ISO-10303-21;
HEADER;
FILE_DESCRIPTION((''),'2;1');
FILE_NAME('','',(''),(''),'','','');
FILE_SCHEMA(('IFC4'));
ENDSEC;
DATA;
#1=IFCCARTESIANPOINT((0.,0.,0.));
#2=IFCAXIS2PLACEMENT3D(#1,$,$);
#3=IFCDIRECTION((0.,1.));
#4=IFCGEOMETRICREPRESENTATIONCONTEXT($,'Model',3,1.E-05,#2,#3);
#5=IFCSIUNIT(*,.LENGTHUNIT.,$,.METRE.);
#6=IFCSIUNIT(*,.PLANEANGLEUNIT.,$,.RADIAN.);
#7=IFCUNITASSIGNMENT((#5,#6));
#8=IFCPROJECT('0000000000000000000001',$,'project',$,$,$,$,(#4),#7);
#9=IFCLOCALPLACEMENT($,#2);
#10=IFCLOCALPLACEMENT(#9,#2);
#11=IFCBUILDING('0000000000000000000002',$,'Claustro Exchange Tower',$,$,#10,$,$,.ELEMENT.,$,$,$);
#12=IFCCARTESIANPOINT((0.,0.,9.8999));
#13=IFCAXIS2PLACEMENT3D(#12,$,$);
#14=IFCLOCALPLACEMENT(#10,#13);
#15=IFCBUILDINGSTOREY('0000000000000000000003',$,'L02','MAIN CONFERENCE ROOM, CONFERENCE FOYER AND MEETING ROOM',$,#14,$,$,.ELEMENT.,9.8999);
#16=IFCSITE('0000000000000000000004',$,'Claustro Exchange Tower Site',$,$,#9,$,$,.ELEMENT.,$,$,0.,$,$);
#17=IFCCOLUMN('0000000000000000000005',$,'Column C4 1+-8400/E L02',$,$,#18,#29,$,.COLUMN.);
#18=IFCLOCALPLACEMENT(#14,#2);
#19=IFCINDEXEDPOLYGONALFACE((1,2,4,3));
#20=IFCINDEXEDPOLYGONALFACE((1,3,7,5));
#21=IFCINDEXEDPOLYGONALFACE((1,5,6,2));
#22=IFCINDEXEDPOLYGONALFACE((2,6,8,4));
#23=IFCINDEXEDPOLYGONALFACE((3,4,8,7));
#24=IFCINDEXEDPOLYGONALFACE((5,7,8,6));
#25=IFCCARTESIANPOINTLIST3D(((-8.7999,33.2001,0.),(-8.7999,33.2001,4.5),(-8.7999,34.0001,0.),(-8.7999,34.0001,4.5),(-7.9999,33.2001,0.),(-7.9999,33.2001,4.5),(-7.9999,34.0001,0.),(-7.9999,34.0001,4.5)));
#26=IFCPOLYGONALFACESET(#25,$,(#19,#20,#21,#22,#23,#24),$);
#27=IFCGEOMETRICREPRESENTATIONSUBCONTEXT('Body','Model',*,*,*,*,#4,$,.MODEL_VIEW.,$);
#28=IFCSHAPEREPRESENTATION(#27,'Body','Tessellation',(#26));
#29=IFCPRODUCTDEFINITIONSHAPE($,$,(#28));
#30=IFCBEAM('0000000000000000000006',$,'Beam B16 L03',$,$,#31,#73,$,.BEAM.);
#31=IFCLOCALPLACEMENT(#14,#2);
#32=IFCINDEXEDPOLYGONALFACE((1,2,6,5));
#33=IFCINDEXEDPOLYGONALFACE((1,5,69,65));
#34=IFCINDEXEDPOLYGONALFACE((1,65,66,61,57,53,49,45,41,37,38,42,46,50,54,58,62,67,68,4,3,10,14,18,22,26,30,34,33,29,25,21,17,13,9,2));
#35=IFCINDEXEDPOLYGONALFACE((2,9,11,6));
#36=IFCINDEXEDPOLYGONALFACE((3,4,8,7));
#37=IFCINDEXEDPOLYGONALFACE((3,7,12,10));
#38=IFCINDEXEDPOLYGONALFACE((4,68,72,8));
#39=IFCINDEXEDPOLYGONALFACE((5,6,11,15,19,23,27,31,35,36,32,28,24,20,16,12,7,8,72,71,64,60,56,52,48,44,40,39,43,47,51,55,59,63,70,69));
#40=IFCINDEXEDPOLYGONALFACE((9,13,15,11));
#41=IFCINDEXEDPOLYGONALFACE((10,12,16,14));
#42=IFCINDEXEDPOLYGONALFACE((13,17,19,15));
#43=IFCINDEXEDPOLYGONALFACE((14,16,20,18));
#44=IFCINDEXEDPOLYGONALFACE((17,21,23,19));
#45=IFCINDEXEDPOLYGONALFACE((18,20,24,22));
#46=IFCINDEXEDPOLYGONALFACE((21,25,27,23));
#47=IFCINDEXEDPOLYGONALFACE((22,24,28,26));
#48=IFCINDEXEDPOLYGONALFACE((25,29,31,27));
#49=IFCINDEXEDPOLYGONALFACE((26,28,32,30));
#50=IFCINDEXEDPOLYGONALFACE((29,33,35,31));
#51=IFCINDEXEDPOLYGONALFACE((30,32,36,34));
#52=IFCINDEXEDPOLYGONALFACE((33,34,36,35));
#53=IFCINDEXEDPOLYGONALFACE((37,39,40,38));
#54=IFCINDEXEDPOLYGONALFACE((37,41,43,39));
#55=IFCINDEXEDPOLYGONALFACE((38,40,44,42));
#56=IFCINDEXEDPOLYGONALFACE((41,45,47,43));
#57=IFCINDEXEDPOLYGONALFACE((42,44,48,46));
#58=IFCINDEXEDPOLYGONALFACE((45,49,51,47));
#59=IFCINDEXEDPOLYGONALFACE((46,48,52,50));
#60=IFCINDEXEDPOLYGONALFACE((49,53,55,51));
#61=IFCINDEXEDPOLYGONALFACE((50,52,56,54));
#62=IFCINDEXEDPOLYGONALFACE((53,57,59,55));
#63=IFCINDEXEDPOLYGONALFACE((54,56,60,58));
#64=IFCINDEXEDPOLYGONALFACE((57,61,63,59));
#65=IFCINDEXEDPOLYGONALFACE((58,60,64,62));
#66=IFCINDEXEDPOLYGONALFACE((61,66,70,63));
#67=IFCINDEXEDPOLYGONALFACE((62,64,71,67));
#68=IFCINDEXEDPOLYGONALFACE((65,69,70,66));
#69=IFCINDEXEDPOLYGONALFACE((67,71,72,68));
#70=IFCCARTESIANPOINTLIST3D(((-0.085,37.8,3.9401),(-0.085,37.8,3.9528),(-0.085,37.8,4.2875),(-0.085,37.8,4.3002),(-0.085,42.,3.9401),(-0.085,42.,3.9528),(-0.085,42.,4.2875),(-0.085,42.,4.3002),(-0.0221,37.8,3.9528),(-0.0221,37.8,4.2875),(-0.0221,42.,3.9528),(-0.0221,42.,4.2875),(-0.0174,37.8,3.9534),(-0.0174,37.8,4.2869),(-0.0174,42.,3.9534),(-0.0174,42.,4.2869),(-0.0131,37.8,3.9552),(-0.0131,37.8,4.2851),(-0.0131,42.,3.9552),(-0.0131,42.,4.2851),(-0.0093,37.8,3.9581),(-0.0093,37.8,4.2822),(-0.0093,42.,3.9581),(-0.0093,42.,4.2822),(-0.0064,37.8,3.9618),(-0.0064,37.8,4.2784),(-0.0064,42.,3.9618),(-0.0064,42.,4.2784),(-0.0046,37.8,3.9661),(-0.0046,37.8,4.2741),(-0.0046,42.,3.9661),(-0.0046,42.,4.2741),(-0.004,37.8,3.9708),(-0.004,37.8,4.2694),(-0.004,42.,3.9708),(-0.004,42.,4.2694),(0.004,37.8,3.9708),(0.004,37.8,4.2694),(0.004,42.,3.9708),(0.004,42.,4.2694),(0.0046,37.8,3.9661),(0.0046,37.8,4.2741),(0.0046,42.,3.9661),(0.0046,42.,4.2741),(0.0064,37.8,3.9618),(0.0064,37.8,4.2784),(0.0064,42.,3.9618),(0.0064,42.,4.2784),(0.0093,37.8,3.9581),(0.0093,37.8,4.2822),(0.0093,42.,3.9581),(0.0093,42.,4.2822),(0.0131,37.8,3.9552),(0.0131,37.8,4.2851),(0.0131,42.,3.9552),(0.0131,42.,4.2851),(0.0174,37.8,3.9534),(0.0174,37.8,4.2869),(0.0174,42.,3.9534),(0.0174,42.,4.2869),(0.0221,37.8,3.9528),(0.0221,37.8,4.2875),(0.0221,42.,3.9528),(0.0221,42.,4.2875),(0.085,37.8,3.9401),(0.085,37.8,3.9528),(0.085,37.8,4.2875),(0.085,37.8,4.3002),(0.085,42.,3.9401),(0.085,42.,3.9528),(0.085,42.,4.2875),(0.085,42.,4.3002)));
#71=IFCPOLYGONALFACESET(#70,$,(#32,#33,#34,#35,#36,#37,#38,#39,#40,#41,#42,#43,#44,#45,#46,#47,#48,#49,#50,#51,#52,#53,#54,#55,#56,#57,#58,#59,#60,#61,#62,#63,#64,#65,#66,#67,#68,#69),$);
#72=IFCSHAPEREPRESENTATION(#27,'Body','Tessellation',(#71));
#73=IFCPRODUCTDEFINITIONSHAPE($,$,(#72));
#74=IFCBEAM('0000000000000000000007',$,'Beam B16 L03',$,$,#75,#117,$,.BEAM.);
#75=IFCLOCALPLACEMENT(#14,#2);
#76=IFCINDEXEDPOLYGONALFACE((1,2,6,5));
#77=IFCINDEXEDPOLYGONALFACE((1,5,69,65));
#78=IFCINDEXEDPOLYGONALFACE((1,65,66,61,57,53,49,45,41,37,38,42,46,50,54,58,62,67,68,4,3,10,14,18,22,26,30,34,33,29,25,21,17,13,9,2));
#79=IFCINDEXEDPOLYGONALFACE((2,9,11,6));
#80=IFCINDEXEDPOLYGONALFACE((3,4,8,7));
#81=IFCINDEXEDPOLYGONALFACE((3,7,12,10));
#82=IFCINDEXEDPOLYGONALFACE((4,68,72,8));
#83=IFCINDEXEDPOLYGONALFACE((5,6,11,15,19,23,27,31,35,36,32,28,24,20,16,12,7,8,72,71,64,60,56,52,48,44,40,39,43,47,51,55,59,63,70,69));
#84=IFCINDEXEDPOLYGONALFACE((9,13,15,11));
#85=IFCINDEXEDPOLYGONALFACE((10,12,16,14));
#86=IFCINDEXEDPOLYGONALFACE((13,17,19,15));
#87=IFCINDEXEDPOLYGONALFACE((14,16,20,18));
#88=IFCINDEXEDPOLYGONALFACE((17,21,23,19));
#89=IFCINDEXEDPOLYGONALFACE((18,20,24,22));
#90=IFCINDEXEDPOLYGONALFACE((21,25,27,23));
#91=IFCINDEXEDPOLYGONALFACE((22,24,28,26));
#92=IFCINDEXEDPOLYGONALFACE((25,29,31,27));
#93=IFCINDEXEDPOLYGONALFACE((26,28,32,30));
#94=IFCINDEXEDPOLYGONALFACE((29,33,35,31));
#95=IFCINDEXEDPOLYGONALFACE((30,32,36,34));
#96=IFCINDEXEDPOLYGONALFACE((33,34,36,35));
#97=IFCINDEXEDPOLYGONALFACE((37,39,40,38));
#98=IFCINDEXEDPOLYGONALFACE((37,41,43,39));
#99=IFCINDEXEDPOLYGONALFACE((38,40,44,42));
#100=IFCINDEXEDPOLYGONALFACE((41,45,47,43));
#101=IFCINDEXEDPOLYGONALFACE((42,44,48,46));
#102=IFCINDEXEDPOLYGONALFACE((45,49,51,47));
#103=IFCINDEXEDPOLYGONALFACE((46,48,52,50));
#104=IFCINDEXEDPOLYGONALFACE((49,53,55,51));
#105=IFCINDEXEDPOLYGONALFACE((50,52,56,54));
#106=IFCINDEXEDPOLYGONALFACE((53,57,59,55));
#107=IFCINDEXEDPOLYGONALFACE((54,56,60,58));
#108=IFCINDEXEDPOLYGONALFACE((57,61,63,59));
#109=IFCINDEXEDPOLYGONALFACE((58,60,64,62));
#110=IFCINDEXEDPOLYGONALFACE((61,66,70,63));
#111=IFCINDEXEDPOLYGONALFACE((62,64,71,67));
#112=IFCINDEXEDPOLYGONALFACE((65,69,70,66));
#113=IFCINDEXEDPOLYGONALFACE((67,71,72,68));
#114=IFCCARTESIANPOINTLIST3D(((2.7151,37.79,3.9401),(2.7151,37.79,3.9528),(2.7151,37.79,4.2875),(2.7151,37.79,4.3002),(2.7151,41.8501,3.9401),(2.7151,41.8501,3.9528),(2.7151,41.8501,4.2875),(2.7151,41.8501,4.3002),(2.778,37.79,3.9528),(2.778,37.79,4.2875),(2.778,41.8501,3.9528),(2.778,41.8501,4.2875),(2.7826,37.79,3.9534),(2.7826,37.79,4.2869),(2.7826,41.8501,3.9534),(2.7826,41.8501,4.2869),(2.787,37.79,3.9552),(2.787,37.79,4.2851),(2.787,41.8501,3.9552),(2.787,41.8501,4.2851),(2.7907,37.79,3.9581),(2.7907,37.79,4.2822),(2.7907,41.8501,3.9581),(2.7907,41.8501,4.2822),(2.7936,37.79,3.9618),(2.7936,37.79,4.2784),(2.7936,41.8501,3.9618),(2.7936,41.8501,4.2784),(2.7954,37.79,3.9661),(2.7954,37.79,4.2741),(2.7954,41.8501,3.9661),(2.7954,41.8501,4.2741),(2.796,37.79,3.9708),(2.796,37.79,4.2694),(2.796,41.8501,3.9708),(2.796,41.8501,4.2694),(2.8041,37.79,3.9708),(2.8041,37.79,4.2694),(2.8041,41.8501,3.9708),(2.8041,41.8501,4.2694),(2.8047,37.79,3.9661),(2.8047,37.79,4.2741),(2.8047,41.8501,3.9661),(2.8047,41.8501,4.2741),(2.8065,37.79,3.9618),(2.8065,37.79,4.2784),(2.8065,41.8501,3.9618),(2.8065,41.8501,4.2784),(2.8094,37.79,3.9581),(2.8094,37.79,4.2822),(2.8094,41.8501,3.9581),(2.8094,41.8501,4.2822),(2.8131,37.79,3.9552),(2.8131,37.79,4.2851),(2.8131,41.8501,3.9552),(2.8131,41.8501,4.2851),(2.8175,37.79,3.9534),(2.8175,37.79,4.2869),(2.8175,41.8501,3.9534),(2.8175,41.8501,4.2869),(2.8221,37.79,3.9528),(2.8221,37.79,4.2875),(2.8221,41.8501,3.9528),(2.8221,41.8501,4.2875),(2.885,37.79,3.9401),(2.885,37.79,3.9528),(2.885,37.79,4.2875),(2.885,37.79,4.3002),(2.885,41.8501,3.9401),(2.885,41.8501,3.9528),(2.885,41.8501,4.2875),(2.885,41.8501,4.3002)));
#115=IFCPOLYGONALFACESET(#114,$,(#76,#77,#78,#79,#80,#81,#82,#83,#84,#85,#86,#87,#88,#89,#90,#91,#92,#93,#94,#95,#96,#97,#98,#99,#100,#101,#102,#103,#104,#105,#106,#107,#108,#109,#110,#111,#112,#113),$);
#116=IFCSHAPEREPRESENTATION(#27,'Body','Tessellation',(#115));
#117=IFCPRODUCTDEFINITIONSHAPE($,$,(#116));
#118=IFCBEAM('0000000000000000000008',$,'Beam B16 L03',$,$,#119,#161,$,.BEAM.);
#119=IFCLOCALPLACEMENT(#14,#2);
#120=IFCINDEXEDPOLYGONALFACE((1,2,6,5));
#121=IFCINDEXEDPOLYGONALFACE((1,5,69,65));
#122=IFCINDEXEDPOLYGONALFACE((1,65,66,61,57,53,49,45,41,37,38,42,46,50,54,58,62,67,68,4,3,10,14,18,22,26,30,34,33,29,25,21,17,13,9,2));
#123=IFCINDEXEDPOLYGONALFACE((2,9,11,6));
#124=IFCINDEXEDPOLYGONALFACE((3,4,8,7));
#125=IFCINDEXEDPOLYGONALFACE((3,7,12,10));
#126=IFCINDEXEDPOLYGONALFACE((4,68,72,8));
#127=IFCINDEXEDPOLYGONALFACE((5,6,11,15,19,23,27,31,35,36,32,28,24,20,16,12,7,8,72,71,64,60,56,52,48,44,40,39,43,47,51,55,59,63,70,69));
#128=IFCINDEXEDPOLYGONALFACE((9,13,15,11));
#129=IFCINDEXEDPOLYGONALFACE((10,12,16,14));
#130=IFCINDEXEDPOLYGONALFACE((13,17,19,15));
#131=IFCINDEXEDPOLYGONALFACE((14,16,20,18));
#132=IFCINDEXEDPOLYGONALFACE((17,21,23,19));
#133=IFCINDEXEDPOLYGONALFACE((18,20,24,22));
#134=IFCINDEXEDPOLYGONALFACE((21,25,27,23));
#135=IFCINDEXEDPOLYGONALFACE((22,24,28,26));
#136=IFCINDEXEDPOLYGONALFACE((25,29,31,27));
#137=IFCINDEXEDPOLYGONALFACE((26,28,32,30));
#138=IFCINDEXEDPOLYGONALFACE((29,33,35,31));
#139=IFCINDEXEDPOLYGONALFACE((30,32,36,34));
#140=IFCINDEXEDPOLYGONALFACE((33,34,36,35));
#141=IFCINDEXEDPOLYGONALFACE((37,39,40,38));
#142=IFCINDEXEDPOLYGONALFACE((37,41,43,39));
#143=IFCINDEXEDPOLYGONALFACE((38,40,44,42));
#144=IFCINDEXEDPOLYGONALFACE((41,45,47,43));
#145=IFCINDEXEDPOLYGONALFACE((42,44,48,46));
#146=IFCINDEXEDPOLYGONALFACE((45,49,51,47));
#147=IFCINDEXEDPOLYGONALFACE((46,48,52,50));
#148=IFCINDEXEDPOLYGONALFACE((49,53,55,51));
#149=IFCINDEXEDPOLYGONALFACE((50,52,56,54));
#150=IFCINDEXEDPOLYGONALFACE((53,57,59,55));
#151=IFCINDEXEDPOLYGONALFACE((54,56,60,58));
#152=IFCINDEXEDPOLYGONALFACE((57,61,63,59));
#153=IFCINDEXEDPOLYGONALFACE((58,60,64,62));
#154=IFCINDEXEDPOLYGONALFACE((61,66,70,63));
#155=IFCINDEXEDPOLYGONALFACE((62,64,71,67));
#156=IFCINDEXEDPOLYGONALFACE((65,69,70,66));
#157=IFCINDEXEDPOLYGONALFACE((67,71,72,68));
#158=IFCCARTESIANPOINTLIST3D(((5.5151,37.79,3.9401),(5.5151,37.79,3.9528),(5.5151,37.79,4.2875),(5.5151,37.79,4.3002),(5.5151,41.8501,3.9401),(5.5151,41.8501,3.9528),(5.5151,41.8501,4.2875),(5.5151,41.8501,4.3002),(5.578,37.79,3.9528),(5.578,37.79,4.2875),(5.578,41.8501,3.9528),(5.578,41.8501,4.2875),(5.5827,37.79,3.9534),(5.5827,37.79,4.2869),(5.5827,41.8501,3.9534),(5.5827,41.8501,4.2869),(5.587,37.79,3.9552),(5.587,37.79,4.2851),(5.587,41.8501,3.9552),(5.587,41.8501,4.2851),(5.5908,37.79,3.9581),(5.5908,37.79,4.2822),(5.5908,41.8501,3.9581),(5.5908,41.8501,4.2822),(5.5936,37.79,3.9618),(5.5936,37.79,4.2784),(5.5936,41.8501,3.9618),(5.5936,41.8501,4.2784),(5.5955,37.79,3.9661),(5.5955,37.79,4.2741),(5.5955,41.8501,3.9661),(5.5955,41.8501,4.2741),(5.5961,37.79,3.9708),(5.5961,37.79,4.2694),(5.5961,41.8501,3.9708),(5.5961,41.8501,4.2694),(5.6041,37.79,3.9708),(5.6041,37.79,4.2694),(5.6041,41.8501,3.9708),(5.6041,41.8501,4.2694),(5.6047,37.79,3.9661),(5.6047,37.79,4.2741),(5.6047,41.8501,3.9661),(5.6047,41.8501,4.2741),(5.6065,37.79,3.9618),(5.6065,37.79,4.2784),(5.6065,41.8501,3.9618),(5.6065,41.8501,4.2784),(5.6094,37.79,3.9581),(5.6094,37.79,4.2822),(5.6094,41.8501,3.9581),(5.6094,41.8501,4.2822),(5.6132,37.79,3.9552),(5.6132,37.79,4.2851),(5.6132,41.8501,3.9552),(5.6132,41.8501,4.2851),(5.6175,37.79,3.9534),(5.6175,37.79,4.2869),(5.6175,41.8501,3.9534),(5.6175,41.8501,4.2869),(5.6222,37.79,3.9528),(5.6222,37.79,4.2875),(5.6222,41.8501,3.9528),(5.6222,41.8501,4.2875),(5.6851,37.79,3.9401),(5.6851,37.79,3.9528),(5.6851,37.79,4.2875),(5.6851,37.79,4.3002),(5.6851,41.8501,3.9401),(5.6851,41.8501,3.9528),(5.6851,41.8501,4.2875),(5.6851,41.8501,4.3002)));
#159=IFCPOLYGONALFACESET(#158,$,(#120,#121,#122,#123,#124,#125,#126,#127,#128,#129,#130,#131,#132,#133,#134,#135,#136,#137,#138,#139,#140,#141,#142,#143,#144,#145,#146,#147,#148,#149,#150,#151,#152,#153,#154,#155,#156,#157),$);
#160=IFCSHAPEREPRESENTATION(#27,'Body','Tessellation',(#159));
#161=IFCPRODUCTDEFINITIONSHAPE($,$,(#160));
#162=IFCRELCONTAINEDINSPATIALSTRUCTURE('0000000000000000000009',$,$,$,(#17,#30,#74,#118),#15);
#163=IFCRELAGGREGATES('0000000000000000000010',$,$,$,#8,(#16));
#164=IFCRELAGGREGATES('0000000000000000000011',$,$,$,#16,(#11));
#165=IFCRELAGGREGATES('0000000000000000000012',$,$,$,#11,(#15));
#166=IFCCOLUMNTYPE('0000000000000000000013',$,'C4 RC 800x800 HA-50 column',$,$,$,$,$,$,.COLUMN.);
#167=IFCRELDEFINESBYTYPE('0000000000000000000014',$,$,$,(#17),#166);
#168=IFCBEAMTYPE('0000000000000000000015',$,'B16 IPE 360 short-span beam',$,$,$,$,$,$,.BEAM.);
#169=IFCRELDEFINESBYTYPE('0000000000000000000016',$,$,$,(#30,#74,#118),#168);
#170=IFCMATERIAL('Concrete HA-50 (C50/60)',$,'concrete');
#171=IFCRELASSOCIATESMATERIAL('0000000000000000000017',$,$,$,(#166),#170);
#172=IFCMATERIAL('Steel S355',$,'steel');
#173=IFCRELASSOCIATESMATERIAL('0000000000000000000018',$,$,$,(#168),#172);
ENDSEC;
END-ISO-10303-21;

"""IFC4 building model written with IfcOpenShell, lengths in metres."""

from ifc_helpers import new_model, si_unit, direction, frame, origin, origin_2d, place, context, subcontext, project, spatial, rectangle, i_section, extrude, material, material_profile, profile_set, type_object, element, save


model = new_model("IFC4")

# Units and contexts
model_context = context("Model", 3, precision=1e-05, world=origin(), true_north=direction((0.0, 1.0)))
body_context = subcontext(model_context, "Body", "Model", "MODEL_VIEW")
ifc_project = project(units=[si_unit("LENGTHUNIT", "METRE"), si_unit("PLANEANGLEUNIT", "RADIAN")], contexts=[model_context])

# Site, building, storey
site_placement = place(None, origin())
site = spatial("IfcSite", under=ifc_project, at=site_placement, Name="Claustro Exchange Tower Site", CompositionType="ELEMENT", RefElevation=0.0)
building_placement = place(site_placement, origin())
building = spatial("IfcBuilding", under=site, at=building_placement, Name="Claustro Exchange Tower", CompositionType="ELEMENT")
storey_placement = place(building_placement, frame((0.0, 0.0, 9.8999)))
storey = spatial("IfcBuildingStorey", under=building, at=storey_placement, Name="L02", Description="MAIN CONFERENCE ROOM, CONFERENCE FOYER AND MEETING ROOM", CompositionType="ELEMENT", Elevation=9.8999)

# Column
ifc_material_1 = material(Name="Concrete HA-50 (C50/60)", Category="concrete")
ifc_material_profile_1 = material_profile(ifc_material_1, rectangle(XDim=0.8, YDim=0.8, at=origin_2d()), Name="RC 800x800")
ifc_profile_set_1 = profile_set([ifc_material_profile_1], Name="Concrete HA-50 (C50/60)")
column_type = type_object("IfcColumnType", Name="C4 RC 800x800 HA-50 column", PredefinedType="COLUMN", material=ifc_profile_set_1)
column_placement = place(storey_placement, frame((-8.3999, 33.6001, 0.0), z_axis=(0.0, 0.0, 1.0), x_axis=(1.0, 0.0, 0.0)))
element("IfcColumn", 1, at=column_placement, inside=storey, type_object=column_type, Name="Column C4 1+-8400/E L02", PredefinedType="COLUMN", context=body_context, shape_type="SweptSolid", body=[
    extrude(rectangle(XDim=0.8, YDim=0.8, at=origin_2d()), origin(), (0.0, 0.0, 1.0), 4.5),
])

# Beams
ifc_material_2 = material(Name="Steel S355", Category="steel")
ifc_material_profile_2 = material_profile(ifc_material_2, i_section(OverallWidth=0.1699, OverallDepth=0.3601, WebThickness=0.0081, FlangeThickness=0.0127, FilletRadius=0.0181, at=origin_2d()), Name="IPE 360")
ifc_profile_set_2 = profile_set([ifc_material_profile_2], Name="Steel S355")
beam_type_1 = type_object("IfcBeamType", Name="B16 IPE 360 short-span beam", PredefinedType="BEAM", material=ifc_profile_set_2)
beam_1_placement = place(storey_placement, frame((0.0, 37.8, 4.1201), z_axis=(0.0, 1.0, 0.0), x_axis=(-1.0, 0.0, 0.0)))
element("IfcBeam", 2, at=beam_1_placement, inside=storey, type_object=beam_type_1, Name="Beam B16 L03", PredefinedType="BEAM", context=body_context, shape_type="SweptSolid", body=[
    extrude(i_section(OverallWidth=0.1699, OverallDepth=0.3601, WebThickness=0.0081, FlangeThickness=0.0127, FilletRadius=0.0181, at=origin_2d()), origin(), (0.0, 0.0, 1.0), 4.2),
])
for number, where, z_axis, x_axis, name in (
    (3, (2.8, 37.79, 4.1201), (0.0, 1.0, 0.0), (-1.0, 0.0, 0.0), "Beam B16 L03"),
    (4, (5.6001, 37.79, 4.1201), (0.0, 1.0, 0.0), (-1.0, 0.0, 0.0), "Beam B16 L03"),
):
    element("IfcBeam", number, at=place(storey_placement, frame(where, z_axis=z_axis, x_axis=x_axis)), inside=storey, type_object=beam_type_1, Name=name, PredefinedType="BEAM", context=body_context, shape_type="SweptSolid", body=[
        extrude(i_section(OverallWidth=0.1699, OverallDepth=0.3601, WebThickness=0.0081, FlangeThickness=0.0127, FilletRadius=0.0181, at=origin_2d()), origin(), (0.0, 0.0, 1.0), 4.0601),
    ])

save(model, "model.ifc")
